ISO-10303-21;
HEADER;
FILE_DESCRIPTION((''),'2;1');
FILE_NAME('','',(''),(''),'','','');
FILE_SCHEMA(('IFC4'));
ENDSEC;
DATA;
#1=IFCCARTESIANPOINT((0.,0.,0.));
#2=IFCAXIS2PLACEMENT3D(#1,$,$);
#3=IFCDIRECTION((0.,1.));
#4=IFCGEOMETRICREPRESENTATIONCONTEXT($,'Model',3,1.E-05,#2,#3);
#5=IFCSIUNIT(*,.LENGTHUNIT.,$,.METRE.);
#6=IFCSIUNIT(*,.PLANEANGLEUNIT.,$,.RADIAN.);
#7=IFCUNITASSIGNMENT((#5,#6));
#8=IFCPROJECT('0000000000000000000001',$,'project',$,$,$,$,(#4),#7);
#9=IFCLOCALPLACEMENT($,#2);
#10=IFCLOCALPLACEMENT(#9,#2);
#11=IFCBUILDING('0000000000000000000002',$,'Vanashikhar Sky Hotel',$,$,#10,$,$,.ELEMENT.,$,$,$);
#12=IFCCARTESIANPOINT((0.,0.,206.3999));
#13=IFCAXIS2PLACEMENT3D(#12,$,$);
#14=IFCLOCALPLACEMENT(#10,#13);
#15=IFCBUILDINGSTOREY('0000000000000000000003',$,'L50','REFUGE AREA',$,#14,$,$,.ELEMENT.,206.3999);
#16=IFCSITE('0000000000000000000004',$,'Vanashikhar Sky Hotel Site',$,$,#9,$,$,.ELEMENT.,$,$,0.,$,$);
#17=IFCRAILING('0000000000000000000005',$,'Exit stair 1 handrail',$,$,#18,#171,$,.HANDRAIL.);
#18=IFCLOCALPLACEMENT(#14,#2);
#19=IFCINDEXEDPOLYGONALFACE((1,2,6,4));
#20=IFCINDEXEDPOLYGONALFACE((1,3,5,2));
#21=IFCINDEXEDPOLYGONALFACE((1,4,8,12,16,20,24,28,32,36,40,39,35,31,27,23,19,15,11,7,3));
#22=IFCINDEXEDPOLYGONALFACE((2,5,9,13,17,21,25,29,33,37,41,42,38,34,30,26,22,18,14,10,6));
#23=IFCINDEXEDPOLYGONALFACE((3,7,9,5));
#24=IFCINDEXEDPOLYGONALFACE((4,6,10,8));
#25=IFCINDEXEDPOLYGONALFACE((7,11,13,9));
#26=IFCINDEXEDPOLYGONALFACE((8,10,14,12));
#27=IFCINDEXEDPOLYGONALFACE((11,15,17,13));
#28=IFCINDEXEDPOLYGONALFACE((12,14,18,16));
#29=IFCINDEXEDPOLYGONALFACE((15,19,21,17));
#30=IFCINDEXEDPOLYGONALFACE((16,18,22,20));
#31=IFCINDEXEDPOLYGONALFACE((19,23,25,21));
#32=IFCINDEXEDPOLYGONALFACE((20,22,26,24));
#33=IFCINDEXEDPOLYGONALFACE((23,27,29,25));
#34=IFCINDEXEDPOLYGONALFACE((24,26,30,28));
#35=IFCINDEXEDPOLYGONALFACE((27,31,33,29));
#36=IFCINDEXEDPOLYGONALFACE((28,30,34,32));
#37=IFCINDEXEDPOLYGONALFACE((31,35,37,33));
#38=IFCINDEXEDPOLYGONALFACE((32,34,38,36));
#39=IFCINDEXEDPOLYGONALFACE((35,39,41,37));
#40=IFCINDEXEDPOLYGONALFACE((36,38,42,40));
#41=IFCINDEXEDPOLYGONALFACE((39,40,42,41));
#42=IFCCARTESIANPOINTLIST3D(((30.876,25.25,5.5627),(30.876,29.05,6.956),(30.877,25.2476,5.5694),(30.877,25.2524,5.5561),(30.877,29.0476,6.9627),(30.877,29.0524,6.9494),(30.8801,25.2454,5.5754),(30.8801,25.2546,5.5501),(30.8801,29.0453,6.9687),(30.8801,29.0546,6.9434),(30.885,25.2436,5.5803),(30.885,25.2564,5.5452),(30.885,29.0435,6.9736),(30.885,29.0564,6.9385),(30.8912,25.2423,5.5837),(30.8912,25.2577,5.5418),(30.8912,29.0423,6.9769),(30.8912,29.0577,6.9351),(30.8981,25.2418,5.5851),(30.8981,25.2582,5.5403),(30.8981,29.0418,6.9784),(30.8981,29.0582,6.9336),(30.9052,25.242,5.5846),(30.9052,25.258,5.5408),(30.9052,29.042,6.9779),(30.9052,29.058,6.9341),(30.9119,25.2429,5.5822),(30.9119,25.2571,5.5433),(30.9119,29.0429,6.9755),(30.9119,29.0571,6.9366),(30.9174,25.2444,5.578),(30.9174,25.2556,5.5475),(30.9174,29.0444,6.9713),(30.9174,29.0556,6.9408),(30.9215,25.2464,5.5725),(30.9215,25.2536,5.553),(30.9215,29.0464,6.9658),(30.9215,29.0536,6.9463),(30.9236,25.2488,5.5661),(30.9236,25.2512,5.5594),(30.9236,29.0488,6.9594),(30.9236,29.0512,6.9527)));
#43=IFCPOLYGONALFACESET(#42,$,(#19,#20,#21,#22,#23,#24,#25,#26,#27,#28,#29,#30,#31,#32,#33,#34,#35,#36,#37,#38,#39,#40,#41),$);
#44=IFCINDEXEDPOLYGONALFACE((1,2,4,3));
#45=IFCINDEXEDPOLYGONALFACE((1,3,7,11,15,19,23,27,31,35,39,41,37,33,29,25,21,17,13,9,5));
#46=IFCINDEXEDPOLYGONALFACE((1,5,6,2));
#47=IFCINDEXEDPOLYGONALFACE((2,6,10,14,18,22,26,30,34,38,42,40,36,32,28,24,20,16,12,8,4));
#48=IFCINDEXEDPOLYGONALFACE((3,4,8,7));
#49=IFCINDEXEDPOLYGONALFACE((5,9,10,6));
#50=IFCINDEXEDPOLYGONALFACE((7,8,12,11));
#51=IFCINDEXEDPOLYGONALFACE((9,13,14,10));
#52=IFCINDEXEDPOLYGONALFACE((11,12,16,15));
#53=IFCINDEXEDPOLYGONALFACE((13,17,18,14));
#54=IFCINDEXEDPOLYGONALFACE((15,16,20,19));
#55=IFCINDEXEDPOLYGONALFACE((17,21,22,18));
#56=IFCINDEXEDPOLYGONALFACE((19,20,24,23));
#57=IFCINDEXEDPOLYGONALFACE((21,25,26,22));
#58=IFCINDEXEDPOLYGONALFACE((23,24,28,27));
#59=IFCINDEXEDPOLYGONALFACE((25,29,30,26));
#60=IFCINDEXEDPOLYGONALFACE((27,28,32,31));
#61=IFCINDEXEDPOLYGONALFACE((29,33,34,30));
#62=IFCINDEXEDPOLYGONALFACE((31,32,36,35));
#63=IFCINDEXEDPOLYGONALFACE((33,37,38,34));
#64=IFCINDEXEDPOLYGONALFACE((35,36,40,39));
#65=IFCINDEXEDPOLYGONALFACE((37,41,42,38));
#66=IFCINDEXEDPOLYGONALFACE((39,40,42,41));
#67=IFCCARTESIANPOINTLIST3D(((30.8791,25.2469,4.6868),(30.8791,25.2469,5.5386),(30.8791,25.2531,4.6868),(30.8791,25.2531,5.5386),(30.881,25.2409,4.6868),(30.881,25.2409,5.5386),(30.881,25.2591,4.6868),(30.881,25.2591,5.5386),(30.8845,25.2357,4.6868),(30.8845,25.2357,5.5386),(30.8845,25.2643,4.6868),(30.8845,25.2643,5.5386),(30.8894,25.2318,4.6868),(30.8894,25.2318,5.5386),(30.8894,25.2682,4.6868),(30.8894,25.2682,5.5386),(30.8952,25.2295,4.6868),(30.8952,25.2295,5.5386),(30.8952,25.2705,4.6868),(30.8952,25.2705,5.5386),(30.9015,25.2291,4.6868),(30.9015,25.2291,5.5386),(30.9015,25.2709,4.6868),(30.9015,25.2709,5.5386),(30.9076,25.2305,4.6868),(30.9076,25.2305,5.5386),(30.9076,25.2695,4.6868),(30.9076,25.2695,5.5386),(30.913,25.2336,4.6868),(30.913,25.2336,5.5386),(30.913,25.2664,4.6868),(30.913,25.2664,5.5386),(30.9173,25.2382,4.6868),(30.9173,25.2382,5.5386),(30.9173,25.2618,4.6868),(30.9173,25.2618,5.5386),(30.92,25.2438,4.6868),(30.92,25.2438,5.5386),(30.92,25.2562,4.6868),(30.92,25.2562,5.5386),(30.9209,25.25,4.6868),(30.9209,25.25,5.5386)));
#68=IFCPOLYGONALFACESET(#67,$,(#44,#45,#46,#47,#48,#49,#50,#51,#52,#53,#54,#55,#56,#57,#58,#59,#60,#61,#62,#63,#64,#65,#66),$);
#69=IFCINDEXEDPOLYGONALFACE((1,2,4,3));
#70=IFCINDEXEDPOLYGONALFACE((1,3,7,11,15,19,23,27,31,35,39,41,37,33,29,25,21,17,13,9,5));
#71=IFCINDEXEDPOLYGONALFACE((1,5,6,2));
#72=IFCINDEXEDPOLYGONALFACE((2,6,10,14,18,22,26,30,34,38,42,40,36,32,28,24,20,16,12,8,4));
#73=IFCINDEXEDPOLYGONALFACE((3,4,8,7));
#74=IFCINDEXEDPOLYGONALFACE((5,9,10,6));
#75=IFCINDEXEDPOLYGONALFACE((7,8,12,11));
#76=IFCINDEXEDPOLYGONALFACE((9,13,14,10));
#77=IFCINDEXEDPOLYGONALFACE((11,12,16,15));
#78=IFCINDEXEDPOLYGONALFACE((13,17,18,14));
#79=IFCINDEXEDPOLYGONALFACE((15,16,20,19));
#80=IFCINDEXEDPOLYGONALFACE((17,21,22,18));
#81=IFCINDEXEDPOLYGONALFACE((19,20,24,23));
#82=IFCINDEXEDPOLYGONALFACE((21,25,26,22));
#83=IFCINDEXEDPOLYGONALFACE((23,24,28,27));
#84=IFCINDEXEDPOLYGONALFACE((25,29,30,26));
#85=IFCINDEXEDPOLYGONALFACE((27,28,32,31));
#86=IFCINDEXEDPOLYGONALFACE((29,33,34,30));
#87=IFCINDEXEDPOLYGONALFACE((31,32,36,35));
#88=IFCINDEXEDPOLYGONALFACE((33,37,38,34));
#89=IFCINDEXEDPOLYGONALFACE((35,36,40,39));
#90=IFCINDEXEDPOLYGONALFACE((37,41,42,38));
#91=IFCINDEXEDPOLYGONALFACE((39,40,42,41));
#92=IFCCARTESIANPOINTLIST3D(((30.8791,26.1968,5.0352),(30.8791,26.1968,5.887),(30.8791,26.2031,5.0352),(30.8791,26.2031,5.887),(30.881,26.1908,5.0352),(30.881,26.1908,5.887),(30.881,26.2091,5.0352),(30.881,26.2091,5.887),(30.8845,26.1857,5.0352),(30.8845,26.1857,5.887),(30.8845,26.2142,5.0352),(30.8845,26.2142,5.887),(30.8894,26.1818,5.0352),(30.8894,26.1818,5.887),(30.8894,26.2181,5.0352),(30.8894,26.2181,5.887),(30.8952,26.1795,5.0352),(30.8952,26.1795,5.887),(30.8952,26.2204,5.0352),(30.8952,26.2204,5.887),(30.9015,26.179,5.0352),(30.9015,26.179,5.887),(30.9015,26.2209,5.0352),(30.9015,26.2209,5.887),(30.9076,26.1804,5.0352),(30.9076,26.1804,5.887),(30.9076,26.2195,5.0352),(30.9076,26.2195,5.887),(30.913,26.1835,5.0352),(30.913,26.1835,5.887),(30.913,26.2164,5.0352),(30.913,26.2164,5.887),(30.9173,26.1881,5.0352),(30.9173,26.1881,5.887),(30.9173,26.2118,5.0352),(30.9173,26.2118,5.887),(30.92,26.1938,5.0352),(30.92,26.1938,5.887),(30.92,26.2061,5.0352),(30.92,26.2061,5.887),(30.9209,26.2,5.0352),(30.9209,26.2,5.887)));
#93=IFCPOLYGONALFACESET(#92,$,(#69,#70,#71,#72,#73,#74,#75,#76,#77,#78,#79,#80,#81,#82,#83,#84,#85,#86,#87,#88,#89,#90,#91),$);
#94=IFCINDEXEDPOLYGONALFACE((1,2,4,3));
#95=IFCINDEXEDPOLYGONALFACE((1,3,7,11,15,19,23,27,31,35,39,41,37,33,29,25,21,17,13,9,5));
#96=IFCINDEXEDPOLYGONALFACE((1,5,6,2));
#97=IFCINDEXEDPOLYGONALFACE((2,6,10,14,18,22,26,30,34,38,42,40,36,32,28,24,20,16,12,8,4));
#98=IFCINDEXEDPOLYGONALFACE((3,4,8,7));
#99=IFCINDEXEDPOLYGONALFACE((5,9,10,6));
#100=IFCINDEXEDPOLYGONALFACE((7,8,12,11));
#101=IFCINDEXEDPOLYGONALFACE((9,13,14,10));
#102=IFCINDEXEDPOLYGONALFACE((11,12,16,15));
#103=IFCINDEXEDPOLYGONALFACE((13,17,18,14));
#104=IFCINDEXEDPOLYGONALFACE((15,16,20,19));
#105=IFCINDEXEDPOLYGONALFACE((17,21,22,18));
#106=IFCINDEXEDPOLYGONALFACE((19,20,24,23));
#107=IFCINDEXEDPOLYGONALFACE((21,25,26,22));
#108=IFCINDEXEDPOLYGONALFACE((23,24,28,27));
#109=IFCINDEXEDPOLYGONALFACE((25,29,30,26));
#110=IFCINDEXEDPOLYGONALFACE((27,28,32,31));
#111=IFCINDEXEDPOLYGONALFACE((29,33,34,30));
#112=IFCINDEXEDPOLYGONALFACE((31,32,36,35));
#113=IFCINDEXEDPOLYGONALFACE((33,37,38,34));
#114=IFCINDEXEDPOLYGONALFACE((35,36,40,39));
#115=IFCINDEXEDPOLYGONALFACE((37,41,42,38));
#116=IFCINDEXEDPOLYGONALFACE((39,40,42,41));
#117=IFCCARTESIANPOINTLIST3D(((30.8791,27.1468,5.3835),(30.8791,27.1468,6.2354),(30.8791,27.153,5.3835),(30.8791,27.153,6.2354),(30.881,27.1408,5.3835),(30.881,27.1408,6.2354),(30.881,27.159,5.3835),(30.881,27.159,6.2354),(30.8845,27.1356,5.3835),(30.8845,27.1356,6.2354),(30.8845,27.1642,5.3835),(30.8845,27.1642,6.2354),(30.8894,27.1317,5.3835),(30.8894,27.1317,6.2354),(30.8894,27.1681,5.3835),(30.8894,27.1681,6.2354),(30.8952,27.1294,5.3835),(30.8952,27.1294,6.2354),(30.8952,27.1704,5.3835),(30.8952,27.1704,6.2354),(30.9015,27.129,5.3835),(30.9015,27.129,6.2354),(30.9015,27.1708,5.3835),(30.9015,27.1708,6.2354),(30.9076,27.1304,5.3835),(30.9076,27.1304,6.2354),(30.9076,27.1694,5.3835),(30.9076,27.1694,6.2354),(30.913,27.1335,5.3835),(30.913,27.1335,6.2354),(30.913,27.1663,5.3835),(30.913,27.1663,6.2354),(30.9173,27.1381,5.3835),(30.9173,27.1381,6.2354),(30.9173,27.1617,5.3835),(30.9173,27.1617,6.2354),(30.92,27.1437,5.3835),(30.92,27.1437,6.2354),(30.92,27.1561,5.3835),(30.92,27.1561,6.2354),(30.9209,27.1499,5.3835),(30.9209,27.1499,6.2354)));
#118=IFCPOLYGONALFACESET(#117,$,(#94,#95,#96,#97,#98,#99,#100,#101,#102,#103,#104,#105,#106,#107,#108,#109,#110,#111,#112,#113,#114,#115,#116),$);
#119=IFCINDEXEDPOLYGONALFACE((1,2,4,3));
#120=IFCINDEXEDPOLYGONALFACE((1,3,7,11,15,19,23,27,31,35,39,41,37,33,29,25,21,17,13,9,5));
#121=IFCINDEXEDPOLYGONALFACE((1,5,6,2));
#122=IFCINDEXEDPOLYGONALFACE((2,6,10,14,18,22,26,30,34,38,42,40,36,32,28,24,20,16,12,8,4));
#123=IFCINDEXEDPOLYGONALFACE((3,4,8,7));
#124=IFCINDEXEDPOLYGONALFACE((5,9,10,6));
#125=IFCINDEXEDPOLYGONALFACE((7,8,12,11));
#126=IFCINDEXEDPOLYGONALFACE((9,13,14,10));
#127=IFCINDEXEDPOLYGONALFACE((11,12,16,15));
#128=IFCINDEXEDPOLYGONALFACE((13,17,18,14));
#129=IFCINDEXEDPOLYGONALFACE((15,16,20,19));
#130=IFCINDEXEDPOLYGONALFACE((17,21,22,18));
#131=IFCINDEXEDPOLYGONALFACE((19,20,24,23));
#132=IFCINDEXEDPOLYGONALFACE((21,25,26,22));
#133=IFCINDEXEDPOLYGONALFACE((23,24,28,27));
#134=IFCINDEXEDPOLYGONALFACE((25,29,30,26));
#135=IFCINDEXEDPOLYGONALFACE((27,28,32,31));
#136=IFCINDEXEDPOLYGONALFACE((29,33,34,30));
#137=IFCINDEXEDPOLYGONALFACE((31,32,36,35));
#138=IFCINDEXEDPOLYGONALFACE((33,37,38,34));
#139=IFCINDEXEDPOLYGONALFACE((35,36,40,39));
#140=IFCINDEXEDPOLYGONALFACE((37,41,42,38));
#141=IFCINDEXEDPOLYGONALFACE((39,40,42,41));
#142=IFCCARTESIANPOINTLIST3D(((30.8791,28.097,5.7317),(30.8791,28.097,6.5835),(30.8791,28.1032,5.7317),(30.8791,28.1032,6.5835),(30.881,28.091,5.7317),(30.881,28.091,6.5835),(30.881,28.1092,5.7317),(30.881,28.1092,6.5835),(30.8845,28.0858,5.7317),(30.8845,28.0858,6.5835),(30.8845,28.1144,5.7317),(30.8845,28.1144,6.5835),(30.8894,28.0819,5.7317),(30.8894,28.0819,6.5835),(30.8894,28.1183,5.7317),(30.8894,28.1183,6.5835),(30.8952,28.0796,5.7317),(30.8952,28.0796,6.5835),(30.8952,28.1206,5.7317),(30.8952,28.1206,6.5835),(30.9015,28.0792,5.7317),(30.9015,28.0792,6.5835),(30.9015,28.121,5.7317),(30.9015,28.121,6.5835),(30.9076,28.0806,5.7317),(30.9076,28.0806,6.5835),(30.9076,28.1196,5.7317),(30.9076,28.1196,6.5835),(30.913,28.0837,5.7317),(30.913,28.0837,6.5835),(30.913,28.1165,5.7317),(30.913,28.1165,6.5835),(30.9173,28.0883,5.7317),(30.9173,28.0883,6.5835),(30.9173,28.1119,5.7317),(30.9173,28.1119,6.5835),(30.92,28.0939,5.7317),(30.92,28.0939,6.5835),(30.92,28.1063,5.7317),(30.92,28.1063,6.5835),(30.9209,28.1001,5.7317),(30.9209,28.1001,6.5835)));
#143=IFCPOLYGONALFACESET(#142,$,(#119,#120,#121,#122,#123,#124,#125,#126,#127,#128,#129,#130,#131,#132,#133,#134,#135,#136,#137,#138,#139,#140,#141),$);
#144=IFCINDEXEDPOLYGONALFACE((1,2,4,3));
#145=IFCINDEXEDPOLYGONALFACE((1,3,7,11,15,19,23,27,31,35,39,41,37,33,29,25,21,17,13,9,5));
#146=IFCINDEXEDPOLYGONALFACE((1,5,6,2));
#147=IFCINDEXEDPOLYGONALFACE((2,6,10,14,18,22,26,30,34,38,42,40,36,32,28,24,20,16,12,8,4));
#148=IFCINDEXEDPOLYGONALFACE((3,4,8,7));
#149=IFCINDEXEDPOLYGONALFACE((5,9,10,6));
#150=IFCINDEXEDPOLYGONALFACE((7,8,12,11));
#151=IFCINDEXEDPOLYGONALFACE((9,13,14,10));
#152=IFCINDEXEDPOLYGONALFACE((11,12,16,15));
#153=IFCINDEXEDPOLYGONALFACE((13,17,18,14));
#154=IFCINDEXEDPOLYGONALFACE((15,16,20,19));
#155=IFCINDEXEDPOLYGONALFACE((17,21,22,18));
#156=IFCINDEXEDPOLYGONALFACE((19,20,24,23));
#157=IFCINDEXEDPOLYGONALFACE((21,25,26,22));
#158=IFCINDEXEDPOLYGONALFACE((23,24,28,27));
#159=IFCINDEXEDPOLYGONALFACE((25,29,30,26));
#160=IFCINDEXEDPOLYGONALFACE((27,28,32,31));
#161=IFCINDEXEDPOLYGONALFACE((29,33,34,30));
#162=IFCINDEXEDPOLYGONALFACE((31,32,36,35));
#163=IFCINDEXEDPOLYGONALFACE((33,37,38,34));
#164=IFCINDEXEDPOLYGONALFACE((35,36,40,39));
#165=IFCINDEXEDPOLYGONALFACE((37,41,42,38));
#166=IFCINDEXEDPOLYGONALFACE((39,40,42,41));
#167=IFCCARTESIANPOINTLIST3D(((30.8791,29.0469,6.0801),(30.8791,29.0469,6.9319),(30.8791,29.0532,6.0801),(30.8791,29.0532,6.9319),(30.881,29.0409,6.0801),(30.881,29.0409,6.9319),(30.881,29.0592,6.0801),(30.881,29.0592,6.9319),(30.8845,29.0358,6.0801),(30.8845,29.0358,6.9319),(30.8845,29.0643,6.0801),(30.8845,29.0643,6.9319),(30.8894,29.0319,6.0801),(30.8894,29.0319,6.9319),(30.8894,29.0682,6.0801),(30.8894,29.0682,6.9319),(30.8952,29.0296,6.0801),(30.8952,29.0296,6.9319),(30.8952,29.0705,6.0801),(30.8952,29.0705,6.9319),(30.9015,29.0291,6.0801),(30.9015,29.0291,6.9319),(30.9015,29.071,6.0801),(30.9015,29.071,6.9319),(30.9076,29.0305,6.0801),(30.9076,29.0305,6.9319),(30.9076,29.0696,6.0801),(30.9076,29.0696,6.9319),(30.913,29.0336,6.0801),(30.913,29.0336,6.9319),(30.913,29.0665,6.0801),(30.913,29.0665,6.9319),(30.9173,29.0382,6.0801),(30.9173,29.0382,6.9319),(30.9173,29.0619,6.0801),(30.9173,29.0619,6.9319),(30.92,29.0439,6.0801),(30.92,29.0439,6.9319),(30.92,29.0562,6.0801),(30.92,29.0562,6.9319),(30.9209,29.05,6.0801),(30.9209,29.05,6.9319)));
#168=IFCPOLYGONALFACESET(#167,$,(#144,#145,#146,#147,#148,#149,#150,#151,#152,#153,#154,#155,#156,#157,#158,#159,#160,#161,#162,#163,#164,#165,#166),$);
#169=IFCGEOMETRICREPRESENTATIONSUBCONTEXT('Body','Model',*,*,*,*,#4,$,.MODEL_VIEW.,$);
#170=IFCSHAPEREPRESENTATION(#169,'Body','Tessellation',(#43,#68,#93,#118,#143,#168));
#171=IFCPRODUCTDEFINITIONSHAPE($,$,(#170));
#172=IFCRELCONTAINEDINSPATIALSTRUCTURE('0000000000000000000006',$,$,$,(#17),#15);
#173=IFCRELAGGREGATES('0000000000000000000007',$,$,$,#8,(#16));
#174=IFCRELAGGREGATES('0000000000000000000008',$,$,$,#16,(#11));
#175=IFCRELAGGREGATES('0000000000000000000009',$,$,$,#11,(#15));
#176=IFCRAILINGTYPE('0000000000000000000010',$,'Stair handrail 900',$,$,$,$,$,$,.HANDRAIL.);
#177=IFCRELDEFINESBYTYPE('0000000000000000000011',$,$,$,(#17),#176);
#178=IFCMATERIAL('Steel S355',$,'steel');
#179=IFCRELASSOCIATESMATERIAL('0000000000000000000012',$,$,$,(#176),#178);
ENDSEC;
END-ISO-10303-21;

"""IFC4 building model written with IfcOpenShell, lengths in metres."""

from ifc_helpers import new_model, si_unit, direction, frame, origin, origin_2d, place, context, subcontext, project, spatial, circle, extrude, source, transform, mapped, material, type_object, element, save


model = new_model("IFC4")

# Units and contexts
model_context = context("Model", 3, precision=1e-05, world=origin(), true_north=direction((0.0, 1.0)))
body_context = subcontext(model_context, "Body", "Model", "MODEL_VIEW")
ifc_project = project(units=[si_unit("LENGTHUNIT", "METRE"), si_unit("PLANEANGLEUNIT", "RADIAN")], contexts=[model_context])

# Site, building, storey
site_placement = place(None, origin())
site = spatial("IfcSite", under=ifc_project, at=site_placement, Name="Vanashikhar Sky Hotel Site", CompositionType="ELEMENT", RefElevation=0.0)
building_placement = place(site_placement, origin())
building = spatial("IfcBuilding", under=site, at=building_placement, Name="Vanashikhar Sky Hotel", CompositionType="ELEMENT")
storey_placement = place(building_placement, frame((0.0, 0.0, 206.3999)))
storey = spatial("IfcBuildingStorey", under=building, at=storey_placement, Name="L50", Description="REFUGE AREA", CompositionType="ELEMENT", Elevation=206.3999)

# Railing
ifc_material_1 = material(Name="Steel S355", Category="steel")
railing_type_1 = type_object("IfcRailingType", Name="Stair handrail 900", PredefinedType="HANDRAIL", material=ifc_material_1)
shared_shape_1 = source(origin(), body_context, "Body", "SweptSolid", [
    extrude(circle(Radius=0.0239, at=origin_2d()), frame((0.0, 0.0, 0.876), z_axis=(0.0, 0.93888, 0.344246), x_axis=(-1.0, 0.0, 0.0)), (0.0, 0.0, 1.0), 4.0474),
    extrude(circle(Radius=0.021, at=origin_2d()), origin(), (0.0, 0.0, 1.0), 0.8518),
    extrude(circle(Radius=0.021, at=origin_2d()), frame((0.0, 0.95, 0.3484)), (0.0, 0.0, 1.0), 0.8518),
    extrude(circle(Radius=0.021, at=origin_2d()), frame((0.0, 1.8999, 0.6968)), (0.0, 0.0, 1.0), 0.8518),
    extrude(circle(Radius=0.021, at=origin_2d()), frame((0.0, 2.8501, 1.0449)), (0.0, 0.0, 1.0), 0.8518),
    extrude(circle(Radius=0.021, at=origin_2d()), frame((0.0, 3.8, 1.3933)), (0.0, 0.0, 1.0), 0.8518),
])
for number, where, name in (
    (1, (30.8999, 25.25, 4.6868), "Exit stair 1 handrail"),
):
    element("IfcRailing", number, at=place(storey_placement, frame(where)), inside=storey, type_object=railing_type_1, Name=name, PredefinedType="HANDRAIL", context=body_context, shape_type="MappedRepresentation", body=[
        mapped(shared_shape_1, transform((0.0, 0.0, 0.0), scale=1.0)),
    ])

save(model, "model.ifc")
